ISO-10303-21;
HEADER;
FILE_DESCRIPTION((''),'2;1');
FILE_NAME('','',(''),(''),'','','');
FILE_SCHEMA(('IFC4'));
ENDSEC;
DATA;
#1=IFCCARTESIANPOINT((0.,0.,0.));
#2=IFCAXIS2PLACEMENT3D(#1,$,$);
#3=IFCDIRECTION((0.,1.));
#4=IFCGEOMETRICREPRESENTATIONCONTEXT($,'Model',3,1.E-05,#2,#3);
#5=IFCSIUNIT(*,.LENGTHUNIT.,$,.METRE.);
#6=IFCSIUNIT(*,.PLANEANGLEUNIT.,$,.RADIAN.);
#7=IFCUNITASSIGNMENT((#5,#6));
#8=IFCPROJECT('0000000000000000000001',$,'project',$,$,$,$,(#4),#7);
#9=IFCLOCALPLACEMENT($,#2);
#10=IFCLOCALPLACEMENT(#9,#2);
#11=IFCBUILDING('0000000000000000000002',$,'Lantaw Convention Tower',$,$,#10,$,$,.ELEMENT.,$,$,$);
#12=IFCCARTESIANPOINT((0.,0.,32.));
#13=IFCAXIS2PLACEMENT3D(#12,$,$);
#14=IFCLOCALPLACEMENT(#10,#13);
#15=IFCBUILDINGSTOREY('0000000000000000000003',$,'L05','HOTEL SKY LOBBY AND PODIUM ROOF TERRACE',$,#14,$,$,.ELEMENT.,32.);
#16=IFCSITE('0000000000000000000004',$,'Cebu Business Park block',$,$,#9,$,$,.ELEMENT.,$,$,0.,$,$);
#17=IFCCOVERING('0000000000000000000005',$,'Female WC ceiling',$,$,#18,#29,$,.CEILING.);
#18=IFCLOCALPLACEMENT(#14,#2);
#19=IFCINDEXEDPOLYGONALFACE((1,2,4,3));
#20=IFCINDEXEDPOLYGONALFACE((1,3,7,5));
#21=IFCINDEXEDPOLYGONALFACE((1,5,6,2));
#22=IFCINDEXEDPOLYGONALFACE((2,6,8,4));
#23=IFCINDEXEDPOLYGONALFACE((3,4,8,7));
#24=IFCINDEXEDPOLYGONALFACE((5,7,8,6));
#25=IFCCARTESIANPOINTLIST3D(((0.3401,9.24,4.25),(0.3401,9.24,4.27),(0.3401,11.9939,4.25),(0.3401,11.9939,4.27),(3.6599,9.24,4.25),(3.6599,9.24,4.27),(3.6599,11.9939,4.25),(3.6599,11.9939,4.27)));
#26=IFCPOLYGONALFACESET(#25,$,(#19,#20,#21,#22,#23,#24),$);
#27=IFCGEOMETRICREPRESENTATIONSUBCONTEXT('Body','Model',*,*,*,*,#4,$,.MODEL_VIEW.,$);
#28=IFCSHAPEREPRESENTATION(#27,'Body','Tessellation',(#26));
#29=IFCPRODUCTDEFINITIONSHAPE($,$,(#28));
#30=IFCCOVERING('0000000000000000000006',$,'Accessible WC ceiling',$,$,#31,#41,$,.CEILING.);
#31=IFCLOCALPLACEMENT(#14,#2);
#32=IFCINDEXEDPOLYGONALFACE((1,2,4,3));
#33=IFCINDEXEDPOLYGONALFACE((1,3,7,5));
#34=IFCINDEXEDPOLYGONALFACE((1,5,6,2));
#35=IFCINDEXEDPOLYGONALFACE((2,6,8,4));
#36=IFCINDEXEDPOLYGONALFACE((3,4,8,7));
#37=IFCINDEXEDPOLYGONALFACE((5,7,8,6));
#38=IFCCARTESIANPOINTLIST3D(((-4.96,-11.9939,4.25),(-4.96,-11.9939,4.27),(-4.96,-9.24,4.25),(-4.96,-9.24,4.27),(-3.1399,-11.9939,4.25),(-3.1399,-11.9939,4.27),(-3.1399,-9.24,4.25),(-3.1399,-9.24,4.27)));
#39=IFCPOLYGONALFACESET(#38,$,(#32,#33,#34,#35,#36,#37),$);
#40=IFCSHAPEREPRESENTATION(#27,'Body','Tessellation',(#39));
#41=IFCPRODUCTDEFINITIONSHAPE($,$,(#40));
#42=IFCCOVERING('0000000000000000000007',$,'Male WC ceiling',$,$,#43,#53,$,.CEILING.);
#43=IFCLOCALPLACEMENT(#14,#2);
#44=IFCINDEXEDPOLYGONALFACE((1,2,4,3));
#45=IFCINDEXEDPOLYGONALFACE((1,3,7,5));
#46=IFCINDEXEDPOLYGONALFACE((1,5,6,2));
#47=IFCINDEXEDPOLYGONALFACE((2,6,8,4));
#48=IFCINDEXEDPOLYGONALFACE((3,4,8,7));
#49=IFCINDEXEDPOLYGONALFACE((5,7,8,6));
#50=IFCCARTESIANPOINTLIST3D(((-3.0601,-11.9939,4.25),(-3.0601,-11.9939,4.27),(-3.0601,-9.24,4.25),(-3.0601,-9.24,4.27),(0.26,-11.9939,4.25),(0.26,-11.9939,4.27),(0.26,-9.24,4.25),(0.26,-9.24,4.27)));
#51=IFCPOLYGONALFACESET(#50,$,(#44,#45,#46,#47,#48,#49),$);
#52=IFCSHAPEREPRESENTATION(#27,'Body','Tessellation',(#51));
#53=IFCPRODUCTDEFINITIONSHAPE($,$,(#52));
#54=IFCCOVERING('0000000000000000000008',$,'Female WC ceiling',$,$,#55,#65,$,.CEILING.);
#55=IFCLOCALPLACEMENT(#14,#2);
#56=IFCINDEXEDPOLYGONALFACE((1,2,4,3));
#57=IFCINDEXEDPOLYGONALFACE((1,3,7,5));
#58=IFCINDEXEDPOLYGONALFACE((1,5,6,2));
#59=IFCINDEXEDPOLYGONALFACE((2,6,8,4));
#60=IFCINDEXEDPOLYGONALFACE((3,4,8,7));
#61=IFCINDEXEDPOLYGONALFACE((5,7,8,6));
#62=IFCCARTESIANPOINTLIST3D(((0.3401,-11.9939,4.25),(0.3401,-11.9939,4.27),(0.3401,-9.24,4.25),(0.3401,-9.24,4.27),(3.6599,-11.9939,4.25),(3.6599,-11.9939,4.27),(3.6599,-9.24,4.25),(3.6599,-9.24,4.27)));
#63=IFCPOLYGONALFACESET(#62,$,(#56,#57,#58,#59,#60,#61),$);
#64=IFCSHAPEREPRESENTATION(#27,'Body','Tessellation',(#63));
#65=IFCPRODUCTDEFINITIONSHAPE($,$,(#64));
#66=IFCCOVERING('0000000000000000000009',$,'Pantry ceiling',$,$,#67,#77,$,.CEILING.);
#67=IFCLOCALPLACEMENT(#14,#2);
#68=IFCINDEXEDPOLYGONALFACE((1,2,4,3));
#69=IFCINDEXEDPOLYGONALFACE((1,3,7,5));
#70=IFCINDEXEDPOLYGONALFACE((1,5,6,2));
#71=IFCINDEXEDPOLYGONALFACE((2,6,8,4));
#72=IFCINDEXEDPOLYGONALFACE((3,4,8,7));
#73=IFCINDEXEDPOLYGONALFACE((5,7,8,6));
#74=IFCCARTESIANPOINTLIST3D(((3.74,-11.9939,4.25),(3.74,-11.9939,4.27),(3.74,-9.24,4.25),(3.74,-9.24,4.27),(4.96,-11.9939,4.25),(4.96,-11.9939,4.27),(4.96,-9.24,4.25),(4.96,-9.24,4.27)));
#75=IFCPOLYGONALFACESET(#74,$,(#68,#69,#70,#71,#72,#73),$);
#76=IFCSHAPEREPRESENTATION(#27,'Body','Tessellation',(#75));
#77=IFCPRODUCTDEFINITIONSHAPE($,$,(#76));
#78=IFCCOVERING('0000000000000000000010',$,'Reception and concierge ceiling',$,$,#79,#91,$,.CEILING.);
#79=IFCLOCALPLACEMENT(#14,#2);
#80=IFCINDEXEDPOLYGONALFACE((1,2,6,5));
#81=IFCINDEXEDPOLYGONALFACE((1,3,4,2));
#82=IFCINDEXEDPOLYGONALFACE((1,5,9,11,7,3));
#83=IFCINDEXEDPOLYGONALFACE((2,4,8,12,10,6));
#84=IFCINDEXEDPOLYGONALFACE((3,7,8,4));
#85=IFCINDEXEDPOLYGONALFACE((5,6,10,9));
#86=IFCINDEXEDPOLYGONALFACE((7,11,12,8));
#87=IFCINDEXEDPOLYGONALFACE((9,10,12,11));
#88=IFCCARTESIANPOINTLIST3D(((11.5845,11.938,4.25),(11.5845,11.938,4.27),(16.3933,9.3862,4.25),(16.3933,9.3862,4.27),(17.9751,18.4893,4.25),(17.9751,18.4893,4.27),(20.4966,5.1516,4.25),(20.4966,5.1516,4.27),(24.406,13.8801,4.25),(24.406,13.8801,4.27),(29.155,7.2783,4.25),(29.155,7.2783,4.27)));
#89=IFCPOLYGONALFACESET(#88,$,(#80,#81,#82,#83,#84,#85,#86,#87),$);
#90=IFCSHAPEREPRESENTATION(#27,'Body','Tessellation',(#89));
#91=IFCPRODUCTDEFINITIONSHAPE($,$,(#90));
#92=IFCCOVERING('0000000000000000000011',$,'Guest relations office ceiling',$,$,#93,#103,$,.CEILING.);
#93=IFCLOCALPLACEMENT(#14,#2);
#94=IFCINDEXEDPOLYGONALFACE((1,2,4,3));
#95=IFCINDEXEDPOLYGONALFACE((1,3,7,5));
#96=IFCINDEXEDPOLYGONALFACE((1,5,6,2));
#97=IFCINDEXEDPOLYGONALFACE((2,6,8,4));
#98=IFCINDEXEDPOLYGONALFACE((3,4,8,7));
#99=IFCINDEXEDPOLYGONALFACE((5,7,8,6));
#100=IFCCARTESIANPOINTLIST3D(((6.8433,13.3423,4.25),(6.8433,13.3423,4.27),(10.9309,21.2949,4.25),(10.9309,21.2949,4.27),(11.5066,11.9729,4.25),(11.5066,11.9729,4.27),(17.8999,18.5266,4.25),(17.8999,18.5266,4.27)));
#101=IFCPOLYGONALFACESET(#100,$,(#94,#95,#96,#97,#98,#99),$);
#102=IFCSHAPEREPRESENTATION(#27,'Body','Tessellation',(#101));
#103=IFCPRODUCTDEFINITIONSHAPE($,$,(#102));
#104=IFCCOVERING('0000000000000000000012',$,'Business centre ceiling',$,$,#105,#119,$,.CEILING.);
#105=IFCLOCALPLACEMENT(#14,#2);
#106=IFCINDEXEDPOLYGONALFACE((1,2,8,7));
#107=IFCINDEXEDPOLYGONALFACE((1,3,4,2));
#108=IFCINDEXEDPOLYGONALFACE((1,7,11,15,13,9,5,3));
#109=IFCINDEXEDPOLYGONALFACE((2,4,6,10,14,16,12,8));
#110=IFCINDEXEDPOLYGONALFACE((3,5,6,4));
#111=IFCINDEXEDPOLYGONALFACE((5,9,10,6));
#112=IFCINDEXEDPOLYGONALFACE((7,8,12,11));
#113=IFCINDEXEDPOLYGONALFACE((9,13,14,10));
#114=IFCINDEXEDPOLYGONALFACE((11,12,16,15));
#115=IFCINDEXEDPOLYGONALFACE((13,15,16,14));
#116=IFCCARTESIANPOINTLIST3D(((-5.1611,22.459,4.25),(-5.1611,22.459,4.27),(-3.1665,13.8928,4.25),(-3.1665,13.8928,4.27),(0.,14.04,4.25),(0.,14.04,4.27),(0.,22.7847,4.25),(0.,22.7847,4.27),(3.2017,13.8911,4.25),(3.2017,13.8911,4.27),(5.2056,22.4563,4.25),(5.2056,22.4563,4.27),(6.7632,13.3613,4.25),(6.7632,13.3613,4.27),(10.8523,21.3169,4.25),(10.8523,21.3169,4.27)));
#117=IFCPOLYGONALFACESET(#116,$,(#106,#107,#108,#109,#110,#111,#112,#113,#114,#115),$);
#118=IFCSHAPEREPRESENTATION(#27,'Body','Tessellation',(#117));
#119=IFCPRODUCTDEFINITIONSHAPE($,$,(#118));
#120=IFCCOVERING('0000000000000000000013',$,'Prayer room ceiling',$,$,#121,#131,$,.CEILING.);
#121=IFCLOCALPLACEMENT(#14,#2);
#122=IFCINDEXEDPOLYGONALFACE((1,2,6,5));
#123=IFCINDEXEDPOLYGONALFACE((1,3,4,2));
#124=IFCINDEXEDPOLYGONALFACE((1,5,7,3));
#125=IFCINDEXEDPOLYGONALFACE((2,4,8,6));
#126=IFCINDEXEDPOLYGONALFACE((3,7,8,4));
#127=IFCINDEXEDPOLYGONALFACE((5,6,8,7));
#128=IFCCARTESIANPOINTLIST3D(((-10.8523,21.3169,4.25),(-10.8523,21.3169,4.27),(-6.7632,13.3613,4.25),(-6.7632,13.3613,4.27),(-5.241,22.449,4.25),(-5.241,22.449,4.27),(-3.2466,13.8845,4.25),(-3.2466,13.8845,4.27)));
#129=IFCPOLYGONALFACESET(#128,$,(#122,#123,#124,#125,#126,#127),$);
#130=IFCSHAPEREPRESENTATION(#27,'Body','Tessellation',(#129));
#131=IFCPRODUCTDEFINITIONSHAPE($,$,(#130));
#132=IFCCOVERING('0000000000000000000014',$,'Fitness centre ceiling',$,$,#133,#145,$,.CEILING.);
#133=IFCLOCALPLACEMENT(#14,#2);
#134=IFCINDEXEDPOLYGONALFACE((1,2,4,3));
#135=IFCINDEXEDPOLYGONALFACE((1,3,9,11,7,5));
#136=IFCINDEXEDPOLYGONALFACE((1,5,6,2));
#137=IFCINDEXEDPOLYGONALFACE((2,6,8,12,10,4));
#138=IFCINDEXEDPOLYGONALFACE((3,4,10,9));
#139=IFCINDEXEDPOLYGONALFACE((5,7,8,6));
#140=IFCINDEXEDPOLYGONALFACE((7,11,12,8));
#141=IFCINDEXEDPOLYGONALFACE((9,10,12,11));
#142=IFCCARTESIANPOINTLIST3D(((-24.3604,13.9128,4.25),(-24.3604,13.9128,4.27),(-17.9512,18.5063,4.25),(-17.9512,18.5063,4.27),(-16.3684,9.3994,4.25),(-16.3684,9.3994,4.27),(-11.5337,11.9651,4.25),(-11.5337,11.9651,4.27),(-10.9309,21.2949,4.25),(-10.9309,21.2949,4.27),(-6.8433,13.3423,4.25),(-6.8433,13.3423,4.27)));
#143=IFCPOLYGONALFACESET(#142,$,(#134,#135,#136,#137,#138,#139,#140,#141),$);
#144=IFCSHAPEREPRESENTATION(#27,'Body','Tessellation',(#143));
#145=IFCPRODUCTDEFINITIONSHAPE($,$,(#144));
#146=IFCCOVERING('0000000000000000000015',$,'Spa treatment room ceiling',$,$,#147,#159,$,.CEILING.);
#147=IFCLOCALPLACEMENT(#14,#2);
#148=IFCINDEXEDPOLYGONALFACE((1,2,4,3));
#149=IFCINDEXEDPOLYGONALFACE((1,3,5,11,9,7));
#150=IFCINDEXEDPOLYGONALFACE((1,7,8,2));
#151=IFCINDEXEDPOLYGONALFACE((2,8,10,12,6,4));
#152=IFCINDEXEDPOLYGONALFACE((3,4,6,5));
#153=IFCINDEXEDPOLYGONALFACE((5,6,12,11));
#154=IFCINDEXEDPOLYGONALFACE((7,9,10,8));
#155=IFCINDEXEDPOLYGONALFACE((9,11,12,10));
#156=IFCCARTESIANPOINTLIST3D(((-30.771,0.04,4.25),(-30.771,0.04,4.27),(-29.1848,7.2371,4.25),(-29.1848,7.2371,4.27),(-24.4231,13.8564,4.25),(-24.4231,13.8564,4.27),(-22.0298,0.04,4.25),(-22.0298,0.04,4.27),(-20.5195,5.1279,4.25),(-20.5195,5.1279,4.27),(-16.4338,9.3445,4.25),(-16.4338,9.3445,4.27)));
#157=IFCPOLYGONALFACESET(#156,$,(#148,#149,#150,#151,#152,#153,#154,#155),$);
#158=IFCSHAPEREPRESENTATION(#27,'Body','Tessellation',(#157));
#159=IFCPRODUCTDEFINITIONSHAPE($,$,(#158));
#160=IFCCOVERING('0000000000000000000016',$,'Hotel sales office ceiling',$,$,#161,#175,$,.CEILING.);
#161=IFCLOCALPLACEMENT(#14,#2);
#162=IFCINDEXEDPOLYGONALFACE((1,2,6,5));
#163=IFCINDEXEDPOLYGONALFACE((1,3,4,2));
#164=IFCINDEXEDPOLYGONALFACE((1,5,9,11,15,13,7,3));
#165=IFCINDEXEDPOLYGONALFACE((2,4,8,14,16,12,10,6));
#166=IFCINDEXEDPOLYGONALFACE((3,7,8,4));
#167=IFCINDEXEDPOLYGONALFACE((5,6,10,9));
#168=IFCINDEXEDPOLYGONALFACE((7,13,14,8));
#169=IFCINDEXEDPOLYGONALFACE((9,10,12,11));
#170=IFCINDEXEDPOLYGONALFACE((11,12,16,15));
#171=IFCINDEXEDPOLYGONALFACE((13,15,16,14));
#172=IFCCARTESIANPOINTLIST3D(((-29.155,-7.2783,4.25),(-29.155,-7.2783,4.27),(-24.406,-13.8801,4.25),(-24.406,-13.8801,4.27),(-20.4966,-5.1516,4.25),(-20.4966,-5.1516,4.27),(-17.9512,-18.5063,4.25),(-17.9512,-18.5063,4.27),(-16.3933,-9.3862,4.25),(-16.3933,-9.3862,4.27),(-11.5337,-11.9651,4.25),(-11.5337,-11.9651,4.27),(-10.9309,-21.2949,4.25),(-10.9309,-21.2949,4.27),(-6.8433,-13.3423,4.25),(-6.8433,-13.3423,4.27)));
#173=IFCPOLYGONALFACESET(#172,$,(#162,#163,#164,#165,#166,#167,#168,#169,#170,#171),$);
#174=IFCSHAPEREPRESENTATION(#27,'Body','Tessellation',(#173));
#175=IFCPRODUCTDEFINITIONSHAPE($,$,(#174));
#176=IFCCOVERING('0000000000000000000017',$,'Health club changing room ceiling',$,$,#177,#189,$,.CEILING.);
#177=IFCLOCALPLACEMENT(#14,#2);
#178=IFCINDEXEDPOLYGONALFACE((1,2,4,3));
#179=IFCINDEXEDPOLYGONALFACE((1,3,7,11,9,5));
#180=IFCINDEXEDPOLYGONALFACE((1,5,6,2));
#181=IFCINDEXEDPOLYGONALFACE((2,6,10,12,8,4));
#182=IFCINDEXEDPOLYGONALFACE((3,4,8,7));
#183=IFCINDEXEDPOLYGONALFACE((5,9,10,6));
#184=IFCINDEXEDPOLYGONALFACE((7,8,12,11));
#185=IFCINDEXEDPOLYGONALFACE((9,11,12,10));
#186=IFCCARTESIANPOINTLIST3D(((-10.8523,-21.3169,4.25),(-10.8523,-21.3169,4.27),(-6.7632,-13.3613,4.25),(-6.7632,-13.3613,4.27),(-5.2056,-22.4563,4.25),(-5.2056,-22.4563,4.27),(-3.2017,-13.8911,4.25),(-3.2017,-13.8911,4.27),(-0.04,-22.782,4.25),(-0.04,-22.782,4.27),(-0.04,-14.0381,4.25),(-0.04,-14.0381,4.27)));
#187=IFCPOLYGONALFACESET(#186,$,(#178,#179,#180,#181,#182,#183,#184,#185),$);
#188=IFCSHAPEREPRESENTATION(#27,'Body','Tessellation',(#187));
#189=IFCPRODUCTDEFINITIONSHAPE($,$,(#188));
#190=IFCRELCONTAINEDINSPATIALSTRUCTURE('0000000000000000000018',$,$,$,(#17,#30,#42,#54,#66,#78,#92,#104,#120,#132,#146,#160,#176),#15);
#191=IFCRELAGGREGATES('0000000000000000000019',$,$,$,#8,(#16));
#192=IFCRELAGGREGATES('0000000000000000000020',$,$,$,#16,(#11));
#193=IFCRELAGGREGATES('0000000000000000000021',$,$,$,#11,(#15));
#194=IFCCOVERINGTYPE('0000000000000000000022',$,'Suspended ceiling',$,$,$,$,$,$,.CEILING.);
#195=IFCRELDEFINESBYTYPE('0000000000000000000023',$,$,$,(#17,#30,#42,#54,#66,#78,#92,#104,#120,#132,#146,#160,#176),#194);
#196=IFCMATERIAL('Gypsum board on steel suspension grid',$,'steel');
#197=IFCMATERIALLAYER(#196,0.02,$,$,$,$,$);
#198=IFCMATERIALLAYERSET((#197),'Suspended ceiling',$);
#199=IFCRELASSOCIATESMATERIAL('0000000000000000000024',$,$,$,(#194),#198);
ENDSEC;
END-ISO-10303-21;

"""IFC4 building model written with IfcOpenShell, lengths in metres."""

from ifc_helpers import new_model, si_unit, direction, frame, origin, place, context, subcontext, project, spatial, polyline, outline, extrude, material, layer, layer_set, type_object, element, save


model = new_model("IFC4")

# Units and contexts
model_context = context("Model", 3, precision=1e-05, world=origin(), true_north=direction((0.0, 1.0)))
body_context = subcontext(model_context, "Body", "Model", "MODEL_VIEW")
ifc_project = project(units=[si_unit("LENGTHUNIT", "METRE"), si_unit("PLANEANGLEUNIT", "RADIAN")], contexts=[model_context])

# Site, building, storey
site_placement = place(None, origin())
site = spatial("IfcSite", under=ifc_project, at=site_placement, Name="Cebu Business Park block", CompositionType="ELEMENT", RefElevation=0.0)
building_placement = place(site_placement, origin())
building = spatial("IfcBuilding", under=site, at=building_placement, Name="Lantaw Convention Tower", CompositionType="ELEMENT")
storey_placement = place(building_placement, frame((0.0, 0.0, 32.0)))
storey = spatial("IfcBuildingStorey", under=building, at=storey_placement, Name="L05", Description="HOTEL SKY LOBBY AND PODIUM ROOF TERRACE", CompositionType="ELEMENT", Elevation=32.0)

# Coverings
ifc_material_1 = material(Name="Gypsum board on steel suspension grid", Category="steel")
ifc_layer_1 = layer(ifc_material_1, 0.02)
ifc_layer_set_1 = layer_set([ifc_layer_1], Name="Suspended ceiling")
covering_type = type_object("IfcCoveringType", Name="Suspended ceiling", PredefinedType="CEILING", material=ifc_layer_set_1)
covering_1_placement = place(storey_placement, frame((0.0, 0.0, 4.25)))
element("IfcCovering", 1, at=covering_1_placement, inside=storey, type_object=covering_type, Name="Female WC ceiling", PredefinedType="CEILING", context=body_context, shape_type="SweptSolid", body=[
    extrude(outline(polyline([(0.3401, 9.24), (3.6599, 9.24), (3.6599, 11.9939), (0.3401, 11.9939), (0.3401, 9.24)])), origin(), (0.0, 0.0, 1.0), 0.02),
])
covering_2_placement = place(storey_placement, frame((0.0, 0.0, 4.25)))
element("IfcCovering", 2, at=covering_2_placement, inside=storey, type_object=covering_type, Name="Accessible WC ceiling", PredefinedType="CEILING", context=body_context, shape_type="SweptSolid", body=[
    extrude(outline(polyline([(-4.96, -11.9939), (-3.1399, -11.9939), (-3.1399, -9.24), (-4.96, -9.24), (-4.96, -11.9939)])), origin(), (0.0, 0.0, 1.0), 0.02),
])
covering_3_placement = place(storey_placement, frame((0.0, 0.0, 4.25)))
element("IfcCovering", 3, at=covering_3_placement, inside=storey, type_object=covering_type, Name="Male WC ceiling", PredefinedType="CEILING", context=body_context, shape_type="SweptSolid", body=[
    extrude(outline(polyline([(-3.0601, -11.9939), (0.26, -11.9939), (0.26, -9.24), (-3.0601, -9.24), (-3.0601, -11.9939)])), origin(), (0.0, 0.0, 1.0), 0.02),
])
covering_4_placement = place(storey_placement, frame((0.0, 0.0, 4.25)))
element("IfcCovering", 4, at=covering_4_placement, inside=storey, type_object=covering_type, Name="Female WC ceiling", PredefinedType="CEILING", context=body_context, shape_type="SweptSolid", body=[
    extrude(outline(polyline([(0.3401, -11.9939), (3.6599, -11.9939), (3.6599, -9.24), (0.3401, -9.24), (0.3401, -11.9939)])), origin(), (0.0, 0.0, 1.0), 0.02),
])
covering_5_placement = place(storey_placement, frame((0.0, 0.0, 4.25)))
element("IfcCovering", 5, at=covering_5_placement, inside=storey, type_object=covering_type, Name="Pantry ceiling", PredefinedType="CEILING", context=body_context, shape_type="SweptSolid", body=[
    extrude(outline(polyline([(3.74, -11.9939), (4.96, -11.9939), (4.96, -9.24), (3.74, -9.24), (3.74, -11.9939)])), origin(), (0.0, 0.0, 1.0), 0.02),
])
covering_6_placement = place(storey_placement, frame((0.0, 0.0, 4.25)))
element("IfcCovering", 6, at=covering_6_placement, inside=storey, type_object=covering_type, Name="Reception and concierge ceiling", PredefinedType="CEILING", context=body_context, shape_type="SweptSolid", body=[
    extrude(outline(polyline([(20.4966, 5.1516), (29.155, 7.2783), (24.406, 13.8801), (17.9751, 18.4893), (11.5845, 11.938), (16.3933, 9.3862), (20.4966, 5.1516)])), origin(), (0.0, 0.0, 1.0), 0.02),
])
covering_7_placement = place(storey_placement, frame((0.0, 0.0, 4.25)))
element("IfcCovering", 7, at=covering_7_placement, inside=storey, type_object=covering_type, Name="Guest relations office ceiling", PredefinedType="CEILING", context=body_context, shape_type="SweptSolid", body=[
    extrude(outline(polyline([(11.5066, 11.9729), (17.8999, 18.5266), (10.9309, 21.2949), (6.8433, 13.3423), (11.5066, 11.9729)])), origin(), (0.0, 0.0, 1.0), 0.02),
])
covering_8_placement = place(storey_placement, frame((0.0, 0.0, 4.25)))
element("IfcCovering", 8, at=covering_8_placement, inside=storey, type_object=covering_type, Name="Business centre ceiling", PredefinedType="CEILING", context=body_context, shape_type="SweptSolid", body=[
    extrude(outline(polyline([(6.7632, 13.3613), (10.8523, 21.3169), (5.2056, 22.4563), (0.0, 22.7847), (-5.1611, 22.459), (-3.1665, 13.8928), (0.0, 14.04), (3.2017, 13.8911), (6.7632, 13.3613)])), origin(), (0.0, 0.0, 1.0), 0.02),
])
covering_9_placement = place(storey_placement, frame((0.0, 0.0, 4.25)))
element("IfcCovering", 9, at=covering_9_placement, inside=storey, type_object=covering_type, Name="Prayer room ceiling", PredefinedType="CEILING", context=body_context, shape_type="SweptSolid", body=[
    extrude(outline(polyline([(-3.2466, 13.8845), (-5.241, 22.449), (-10.8523, 21.3169), (-6.7632, 13.3613), (-3.2466, 13.8845)])), origin(), (0.0, 0.0, 1.0), 0.02),
])
covering_10_placement = place(storey_placement, frame((0.0, 0.0, 4.25)))
element("IfcCovering", 10, at=covering_10_placement, inside=storey, type_object=covering_type, Name="Fitness centre ceiling", PredefinedType="CEILING", context=body_context, shape_type="SweptSolid", body=[
    extrude(outline(polyline([(-6.8433, 13.3423), (-10.9309, 21.2949), (-17.9512, 18.5063), (-24.3604, 13.9128), (-16.3684, 9.3994), (-11.5337, 11.9651), (-6.8433, 13.3423)])), origin(), (0.0, 0.0, 1.0), 0.02),
])
covering_11_placement = place(storey_placement, frame((0.0, 0.0, 4.25)))
element("IfcCovering", 11, at=covering_11_placement, inside=storey, type_object=covering_type, Name="Spa treatment room ceiling", PredefinedType="CEILING", context=body_context, shape_type="SweptSolid", body=[
    extrude(outline(polyline([(-16.4338, 9.3445), (-24.4231, 13.8564), (-29.1848, 7.2371), (-30.771, 0.04), (-22.0298, 0.04), (-20.5195, 5.1279), (-16.4338, 9.3445)])), origin(), (0.0, 0.0, 1.0), 0.02),
])
covering_12_placement = place(storey_placement, frame((0.0, 0.0, 4.25)))
element("IfcCovering", 12, at=covering_12_placement, inside=storey, type_object=covering_type, Name="Hotel sales office ceiling", PredefinedType="CEILING", context=body_context, shape_type="SweptSolid", body=[
    extrude(outline(polyline([(-20.4966, -5.1516), (-29.155, -7.2783), (-24.406, -13.8801), (-17.9512, -18.5063), (-10.9309, -21.2949), (-6.8433, -13.3423), (-11.5337, -11.9651), (-16.3933, -9.3862), (-20.4966, -5.1516)])), origin(), (0.0, 0.0, 1.0), 0.02),
])
covering_13_placement = place(storey_placement, frame((0.0, 0.0, 4.25)))
element("IfcCovering", 13, at=covering_13_placement, inside=storey, type_object=covering_type, Name="Health club changing room ceiling", PredefinedType="CEILING", context=body_context, shape_type="SweptSolid", body=[
    extrude(outline(polyline([(-6.7632, -13.3613), (-10.8523, -21.3169), (-5.2056, -22.4563), (-0.04, -22.782), (-0.04, -14.0381), (-3.2017, -13.8911), (-6.7632, -13.3613)])), origin(), (0.0, 0.0, 1.0), 0.02),
])

save(model, "model.ifc")
